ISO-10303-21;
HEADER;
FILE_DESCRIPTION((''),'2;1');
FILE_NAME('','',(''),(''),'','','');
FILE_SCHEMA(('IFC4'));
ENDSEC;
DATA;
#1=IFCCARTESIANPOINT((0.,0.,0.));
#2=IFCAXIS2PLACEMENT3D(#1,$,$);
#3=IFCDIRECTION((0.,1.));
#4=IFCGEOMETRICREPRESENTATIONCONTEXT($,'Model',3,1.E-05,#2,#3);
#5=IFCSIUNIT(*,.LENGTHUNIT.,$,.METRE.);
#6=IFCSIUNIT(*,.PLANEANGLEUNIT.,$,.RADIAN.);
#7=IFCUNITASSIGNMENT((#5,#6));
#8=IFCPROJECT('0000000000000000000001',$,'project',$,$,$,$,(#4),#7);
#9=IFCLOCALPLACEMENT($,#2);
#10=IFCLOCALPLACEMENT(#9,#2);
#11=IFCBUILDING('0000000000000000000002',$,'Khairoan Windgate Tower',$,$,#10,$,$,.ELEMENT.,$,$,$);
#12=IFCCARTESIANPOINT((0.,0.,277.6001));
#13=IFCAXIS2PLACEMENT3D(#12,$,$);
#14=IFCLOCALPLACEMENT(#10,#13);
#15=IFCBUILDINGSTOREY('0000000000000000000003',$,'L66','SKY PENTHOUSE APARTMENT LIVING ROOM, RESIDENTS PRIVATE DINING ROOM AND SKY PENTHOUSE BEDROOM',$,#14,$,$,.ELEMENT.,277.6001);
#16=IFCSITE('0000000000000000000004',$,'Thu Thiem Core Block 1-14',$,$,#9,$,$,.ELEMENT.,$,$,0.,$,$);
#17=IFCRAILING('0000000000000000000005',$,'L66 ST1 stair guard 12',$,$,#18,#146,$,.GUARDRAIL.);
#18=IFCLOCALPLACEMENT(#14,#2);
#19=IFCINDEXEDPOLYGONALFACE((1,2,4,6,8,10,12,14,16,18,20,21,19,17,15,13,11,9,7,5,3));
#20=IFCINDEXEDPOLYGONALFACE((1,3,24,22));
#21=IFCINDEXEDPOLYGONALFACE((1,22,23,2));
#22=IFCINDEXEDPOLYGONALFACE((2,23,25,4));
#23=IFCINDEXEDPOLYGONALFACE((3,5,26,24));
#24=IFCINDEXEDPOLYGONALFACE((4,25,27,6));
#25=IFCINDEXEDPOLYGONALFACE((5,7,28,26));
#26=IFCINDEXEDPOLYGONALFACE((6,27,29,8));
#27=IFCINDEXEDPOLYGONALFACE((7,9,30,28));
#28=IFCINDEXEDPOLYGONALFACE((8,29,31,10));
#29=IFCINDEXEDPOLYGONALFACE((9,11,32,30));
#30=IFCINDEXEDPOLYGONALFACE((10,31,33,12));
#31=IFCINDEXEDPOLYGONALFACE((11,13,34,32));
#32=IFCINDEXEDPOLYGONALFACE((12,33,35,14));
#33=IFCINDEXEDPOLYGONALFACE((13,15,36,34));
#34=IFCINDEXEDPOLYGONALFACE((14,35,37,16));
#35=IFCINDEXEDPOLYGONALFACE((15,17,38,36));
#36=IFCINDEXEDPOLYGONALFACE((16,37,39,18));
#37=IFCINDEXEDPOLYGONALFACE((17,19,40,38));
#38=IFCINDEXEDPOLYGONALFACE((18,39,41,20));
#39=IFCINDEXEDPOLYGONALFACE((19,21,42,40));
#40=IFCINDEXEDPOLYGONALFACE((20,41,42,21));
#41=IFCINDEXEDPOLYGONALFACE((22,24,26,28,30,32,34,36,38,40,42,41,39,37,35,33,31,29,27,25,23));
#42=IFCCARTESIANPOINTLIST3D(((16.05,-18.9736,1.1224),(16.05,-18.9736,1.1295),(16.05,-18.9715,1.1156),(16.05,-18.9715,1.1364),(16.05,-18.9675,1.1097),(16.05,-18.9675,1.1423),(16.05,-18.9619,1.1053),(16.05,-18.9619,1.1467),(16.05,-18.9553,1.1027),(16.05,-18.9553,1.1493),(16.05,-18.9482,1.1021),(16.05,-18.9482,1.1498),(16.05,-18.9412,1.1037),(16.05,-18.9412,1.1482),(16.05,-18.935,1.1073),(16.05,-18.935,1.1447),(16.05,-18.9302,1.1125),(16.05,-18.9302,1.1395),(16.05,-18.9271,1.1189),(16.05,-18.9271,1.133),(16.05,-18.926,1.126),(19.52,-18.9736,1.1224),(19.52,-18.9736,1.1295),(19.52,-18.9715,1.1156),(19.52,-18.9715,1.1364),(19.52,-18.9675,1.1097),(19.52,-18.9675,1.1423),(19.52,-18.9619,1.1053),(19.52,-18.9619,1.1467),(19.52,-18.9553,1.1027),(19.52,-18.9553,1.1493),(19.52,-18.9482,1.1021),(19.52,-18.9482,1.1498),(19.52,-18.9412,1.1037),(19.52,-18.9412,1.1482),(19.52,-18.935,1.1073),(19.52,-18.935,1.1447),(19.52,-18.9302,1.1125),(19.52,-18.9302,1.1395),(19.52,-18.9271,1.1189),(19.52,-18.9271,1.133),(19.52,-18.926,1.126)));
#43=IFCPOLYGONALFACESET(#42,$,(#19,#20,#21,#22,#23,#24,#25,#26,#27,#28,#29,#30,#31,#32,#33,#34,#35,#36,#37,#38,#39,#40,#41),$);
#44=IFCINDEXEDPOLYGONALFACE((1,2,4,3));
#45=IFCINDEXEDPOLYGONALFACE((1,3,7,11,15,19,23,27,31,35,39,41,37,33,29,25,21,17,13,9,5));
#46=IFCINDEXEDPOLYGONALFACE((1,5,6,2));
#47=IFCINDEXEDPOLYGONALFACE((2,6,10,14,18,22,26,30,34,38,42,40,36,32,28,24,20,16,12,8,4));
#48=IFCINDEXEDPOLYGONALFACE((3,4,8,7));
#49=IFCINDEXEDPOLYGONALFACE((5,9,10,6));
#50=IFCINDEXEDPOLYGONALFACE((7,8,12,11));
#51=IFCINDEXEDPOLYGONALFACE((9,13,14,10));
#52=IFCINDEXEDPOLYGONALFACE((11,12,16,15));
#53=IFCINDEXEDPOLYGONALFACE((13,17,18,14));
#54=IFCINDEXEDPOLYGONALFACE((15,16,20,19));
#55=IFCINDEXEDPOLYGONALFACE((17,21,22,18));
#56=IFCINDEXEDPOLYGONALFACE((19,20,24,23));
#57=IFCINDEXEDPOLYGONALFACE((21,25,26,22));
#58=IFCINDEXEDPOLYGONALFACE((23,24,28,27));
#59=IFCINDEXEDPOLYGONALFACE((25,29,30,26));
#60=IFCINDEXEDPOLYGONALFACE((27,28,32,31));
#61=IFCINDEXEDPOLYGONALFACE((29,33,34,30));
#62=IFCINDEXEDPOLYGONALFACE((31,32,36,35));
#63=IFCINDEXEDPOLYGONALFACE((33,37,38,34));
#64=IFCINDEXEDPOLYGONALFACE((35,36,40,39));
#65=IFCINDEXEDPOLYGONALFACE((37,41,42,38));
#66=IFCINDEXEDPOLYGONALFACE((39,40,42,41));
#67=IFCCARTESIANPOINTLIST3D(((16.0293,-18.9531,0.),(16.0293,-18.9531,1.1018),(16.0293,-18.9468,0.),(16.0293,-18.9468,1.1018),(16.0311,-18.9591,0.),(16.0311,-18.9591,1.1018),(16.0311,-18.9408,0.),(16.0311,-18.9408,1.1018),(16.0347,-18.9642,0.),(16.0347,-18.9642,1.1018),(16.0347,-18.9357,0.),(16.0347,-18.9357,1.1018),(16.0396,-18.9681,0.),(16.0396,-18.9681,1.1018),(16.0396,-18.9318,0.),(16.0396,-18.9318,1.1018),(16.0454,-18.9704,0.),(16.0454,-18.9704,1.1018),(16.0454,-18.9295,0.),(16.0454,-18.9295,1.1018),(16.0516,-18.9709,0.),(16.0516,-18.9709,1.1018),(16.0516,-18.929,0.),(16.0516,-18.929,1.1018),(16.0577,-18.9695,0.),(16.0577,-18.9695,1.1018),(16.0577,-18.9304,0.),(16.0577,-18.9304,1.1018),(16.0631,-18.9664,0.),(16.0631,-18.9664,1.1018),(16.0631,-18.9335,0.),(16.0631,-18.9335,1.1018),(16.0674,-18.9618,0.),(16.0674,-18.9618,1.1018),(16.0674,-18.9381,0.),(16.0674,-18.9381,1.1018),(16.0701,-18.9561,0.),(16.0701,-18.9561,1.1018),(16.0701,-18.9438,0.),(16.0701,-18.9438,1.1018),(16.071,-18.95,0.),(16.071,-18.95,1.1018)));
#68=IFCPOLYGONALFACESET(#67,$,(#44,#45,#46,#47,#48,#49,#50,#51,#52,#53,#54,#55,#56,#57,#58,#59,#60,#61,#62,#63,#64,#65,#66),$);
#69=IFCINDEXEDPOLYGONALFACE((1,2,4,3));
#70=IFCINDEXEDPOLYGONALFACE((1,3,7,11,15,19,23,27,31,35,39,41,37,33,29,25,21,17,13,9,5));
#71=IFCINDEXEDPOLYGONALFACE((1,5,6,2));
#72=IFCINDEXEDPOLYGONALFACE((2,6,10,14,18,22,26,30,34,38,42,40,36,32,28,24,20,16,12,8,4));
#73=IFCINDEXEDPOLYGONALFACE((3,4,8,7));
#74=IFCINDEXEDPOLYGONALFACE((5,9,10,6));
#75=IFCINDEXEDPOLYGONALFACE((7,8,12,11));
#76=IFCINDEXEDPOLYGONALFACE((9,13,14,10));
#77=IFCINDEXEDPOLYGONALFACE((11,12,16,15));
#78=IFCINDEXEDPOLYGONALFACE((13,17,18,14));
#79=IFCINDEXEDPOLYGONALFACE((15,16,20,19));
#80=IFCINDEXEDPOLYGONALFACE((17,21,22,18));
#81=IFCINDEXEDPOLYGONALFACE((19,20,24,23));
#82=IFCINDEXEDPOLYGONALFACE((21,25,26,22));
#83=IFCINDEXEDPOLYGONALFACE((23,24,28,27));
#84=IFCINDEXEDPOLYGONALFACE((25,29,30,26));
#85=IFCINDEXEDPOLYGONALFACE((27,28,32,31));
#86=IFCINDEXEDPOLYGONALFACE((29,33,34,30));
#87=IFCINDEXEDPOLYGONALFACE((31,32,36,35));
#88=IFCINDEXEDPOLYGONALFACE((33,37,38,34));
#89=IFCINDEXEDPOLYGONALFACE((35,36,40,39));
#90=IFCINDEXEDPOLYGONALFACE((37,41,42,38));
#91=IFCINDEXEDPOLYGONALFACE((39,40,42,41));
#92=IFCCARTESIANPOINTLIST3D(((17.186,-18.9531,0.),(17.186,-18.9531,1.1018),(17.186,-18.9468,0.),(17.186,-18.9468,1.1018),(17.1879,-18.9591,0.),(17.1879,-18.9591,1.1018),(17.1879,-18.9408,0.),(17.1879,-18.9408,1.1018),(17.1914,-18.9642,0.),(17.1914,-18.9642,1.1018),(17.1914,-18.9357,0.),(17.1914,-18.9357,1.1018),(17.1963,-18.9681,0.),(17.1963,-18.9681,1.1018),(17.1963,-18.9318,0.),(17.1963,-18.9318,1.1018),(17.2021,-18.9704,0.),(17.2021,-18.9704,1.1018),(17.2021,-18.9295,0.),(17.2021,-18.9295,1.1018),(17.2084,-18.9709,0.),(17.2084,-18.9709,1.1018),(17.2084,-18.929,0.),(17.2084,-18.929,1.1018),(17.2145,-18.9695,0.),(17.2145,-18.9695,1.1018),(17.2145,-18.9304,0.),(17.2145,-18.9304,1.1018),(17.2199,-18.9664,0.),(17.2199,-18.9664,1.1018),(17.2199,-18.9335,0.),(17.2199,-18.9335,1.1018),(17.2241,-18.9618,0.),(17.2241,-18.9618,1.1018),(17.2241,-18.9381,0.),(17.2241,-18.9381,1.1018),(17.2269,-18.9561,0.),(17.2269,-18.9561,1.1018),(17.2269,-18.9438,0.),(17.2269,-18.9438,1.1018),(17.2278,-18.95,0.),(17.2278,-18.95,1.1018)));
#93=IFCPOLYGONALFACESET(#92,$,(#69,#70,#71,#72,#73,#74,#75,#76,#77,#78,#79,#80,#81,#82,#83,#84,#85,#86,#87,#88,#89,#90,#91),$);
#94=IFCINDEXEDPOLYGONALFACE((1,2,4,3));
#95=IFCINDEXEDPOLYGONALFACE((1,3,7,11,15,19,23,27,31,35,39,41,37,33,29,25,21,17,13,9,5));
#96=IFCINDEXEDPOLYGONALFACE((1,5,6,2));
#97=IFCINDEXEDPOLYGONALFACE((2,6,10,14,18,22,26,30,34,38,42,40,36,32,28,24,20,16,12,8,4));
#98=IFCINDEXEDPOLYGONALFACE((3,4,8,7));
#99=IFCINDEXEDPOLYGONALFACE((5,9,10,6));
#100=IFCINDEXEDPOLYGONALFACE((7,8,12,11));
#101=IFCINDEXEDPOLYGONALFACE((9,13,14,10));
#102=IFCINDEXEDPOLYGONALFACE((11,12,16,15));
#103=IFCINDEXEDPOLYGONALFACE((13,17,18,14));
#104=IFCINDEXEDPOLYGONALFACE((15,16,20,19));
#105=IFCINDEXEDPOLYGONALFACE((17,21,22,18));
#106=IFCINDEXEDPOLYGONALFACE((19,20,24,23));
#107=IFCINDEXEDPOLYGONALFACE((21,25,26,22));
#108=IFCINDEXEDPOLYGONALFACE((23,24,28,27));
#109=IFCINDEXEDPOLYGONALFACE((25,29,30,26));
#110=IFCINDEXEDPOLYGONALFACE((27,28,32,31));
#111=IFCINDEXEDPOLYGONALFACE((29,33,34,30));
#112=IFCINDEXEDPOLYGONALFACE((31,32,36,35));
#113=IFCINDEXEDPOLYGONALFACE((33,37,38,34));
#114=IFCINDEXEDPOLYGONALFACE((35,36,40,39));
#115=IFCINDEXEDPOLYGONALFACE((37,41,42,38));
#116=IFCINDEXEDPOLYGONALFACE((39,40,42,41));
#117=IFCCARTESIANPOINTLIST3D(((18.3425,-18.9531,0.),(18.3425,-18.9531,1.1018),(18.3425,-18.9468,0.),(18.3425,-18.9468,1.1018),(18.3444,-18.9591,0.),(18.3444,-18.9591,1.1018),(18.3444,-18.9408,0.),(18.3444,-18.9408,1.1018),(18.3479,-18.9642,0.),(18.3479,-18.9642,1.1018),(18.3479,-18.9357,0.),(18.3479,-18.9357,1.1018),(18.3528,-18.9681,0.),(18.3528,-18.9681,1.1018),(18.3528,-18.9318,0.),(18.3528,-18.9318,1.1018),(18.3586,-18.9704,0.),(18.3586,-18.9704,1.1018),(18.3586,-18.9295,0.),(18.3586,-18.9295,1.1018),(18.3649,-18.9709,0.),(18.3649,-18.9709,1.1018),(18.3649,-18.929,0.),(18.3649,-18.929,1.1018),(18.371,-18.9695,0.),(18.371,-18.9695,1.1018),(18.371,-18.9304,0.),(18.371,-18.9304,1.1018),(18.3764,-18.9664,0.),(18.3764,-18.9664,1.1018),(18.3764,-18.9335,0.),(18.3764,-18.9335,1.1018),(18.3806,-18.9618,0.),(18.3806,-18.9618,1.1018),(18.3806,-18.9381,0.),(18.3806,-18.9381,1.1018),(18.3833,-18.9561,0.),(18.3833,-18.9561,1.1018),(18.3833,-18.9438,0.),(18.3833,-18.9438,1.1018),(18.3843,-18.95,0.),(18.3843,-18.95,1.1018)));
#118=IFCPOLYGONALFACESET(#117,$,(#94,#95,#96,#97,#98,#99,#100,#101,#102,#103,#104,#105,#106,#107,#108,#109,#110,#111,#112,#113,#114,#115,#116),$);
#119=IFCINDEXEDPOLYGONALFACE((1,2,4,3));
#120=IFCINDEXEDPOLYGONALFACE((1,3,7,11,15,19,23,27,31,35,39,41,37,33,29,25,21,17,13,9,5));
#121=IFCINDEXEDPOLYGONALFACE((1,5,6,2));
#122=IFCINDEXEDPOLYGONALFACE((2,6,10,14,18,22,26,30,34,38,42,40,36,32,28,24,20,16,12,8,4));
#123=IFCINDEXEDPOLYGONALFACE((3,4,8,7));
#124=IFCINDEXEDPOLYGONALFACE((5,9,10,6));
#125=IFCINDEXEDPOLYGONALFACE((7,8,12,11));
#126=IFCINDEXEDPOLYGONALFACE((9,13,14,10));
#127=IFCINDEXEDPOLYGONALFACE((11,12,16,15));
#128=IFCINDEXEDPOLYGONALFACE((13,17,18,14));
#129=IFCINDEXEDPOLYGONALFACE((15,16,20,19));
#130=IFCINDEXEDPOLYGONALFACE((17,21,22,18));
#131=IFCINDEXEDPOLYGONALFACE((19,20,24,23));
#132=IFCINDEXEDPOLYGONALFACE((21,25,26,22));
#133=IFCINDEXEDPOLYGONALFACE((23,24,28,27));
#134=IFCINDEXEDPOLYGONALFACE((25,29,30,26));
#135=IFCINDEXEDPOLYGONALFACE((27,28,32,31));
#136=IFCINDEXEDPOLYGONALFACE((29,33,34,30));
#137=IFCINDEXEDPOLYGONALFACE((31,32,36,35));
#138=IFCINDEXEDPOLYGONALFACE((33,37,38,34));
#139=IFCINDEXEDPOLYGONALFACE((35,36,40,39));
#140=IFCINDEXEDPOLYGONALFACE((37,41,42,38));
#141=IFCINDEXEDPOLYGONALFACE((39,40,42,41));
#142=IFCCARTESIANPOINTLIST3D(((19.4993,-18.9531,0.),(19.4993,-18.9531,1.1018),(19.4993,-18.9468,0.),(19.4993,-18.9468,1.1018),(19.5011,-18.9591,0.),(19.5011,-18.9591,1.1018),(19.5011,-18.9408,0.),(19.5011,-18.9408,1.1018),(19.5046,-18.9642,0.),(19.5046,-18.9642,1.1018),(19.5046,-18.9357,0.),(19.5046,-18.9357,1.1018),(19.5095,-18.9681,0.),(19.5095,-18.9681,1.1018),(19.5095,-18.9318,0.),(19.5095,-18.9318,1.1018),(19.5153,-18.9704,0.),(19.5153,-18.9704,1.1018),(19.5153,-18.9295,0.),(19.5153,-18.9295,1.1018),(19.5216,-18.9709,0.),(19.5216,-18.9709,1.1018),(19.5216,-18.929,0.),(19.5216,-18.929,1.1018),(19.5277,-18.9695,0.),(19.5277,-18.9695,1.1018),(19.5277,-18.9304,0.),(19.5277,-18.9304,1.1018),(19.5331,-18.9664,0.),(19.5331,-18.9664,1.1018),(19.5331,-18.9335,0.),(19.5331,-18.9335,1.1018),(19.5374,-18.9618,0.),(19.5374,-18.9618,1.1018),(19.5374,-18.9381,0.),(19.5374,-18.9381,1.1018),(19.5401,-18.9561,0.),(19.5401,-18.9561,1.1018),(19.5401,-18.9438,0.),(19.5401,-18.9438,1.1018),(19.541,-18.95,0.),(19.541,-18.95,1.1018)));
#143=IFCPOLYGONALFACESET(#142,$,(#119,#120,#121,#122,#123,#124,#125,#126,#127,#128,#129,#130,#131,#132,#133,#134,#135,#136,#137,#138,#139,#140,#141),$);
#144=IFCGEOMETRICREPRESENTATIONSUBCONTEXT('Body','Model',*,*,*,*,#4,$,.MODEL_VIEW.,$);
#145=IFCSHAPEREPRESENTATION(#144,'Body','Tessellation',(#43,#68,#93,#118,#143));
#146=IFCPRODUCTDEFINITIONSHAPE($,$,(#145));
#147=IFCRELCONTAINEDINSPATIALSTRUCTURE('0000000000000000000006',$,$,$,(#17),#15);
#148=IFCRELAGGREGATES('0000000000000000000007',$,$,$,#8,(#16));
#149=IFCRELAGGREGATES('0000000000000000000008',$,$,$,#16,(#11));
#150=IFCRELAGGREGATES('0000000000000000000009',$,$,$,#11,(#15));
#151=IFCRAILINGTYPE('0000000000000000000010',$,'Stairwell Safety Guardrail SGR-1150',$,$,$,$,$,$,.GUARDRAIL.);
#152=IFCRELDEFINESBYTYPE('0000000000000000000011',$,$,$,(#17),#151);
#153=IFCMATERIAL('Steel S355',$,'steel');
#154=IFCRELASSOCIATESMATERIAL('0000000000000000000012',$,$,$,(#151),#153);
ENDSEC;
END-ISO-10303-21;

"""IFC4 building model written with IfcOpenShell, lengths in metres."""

from ifc_helpers import new_model, si_unit, direction, frame, origin, origin_2d, place, context, subcontext, project, spatial, circle, extrude, material, type_object, element, save


model = new_model("IFC4")

# Units and contexts
model_context = context("Model", 3, precision=1e-05, world=origin(), true_north=direction((0.0, 1.0)))
body_context = subcontext(model_context, "Body", "Model", "MODEL_VIEW")
ifc_project = project(units=[si_unit("LENGTHUNIT", "METRE"), si_unit("PLANEANGLEUNIT", "RADIAN")], contexts=[model_context])

# Site, building, storey
site_placement = place(None, origin())
site = spatial("IfcSite", under=ifc_project, at=site_placement, Name="Thu Thiem Core Block 1-14", CompositionType="ELEMENT", RefElevation=0.0)
building_placement = place(site_placement, origin())
building = spatial("IfcBuilding", under=site, at=building_placement, Name="Khairoan Windgate Tower", CompositionType="ELEMENT")
storey_placement = place(building_placement, frame((0.0, 0.0, 277.6001)))
storey = spatial("IfcBuildingStorey", under=building, at=storey_placement, Name="L66", Description="SKY PENTHOUSE APARTMENT LIVING ROOM, RESIDENTS PRIVATE DINING ROOM AND SKY PENTHOUSE BEDROOM", CompositionType="ELEMENT", Elevation=277.6001)

# Railing
ifc_material_1 = material(Name="Steel S355", Category="steel")
railing_type = type_object("IfcRailingType", Name="Stairwell Safety Guardrail SGR-1150", PredefinedType="GUARDRAIL", material=ifc_material_1)
railing_1_placement = place(storey_placement, frame((16.05, -18.95, 0.0)))
element("IfcRailing", 1, at=railing_1_placement, inside=storey, type_object=railing_type, Name="L66 ST1 stair guard 12", PredefinedType="GUARDRAIL", context=body_context, shape_type="SweptSolid", body=[
    extrude(circle(Radius=0.0239, at=origin_2d()), frame((0.0, 0.0, 1.126), z_axis=(1.0, 0.0, 0.0), x_axis=(0.0, 1.0, 0.0)), (0.0, 0.0, 1.0), 3.47),
    extrude(circle(Radius=0.021, at=origin_2d()), origin(), (0.0, 0.0, 1.0), 1.1018),
    extrude(circle(Radius=0.021, at=origin_2d()), frame((1.1567, 0.0, 0.0)), (0.0, 0.0, 1.0), 1.1018),
    extrude(circle(Radius=0.021, at=origin_2d()), frame((2.3132, 0.0, 0.0)), (0.0, 0.0, 1.0), 1.1018),
    extrude(circle(Radius=0.021, at=origin_2d()), frame((3.47, 0.0, 0.0)), (0.0, 0.0, 1.0), 1.1018),
])

save(model, "model.ifc")
